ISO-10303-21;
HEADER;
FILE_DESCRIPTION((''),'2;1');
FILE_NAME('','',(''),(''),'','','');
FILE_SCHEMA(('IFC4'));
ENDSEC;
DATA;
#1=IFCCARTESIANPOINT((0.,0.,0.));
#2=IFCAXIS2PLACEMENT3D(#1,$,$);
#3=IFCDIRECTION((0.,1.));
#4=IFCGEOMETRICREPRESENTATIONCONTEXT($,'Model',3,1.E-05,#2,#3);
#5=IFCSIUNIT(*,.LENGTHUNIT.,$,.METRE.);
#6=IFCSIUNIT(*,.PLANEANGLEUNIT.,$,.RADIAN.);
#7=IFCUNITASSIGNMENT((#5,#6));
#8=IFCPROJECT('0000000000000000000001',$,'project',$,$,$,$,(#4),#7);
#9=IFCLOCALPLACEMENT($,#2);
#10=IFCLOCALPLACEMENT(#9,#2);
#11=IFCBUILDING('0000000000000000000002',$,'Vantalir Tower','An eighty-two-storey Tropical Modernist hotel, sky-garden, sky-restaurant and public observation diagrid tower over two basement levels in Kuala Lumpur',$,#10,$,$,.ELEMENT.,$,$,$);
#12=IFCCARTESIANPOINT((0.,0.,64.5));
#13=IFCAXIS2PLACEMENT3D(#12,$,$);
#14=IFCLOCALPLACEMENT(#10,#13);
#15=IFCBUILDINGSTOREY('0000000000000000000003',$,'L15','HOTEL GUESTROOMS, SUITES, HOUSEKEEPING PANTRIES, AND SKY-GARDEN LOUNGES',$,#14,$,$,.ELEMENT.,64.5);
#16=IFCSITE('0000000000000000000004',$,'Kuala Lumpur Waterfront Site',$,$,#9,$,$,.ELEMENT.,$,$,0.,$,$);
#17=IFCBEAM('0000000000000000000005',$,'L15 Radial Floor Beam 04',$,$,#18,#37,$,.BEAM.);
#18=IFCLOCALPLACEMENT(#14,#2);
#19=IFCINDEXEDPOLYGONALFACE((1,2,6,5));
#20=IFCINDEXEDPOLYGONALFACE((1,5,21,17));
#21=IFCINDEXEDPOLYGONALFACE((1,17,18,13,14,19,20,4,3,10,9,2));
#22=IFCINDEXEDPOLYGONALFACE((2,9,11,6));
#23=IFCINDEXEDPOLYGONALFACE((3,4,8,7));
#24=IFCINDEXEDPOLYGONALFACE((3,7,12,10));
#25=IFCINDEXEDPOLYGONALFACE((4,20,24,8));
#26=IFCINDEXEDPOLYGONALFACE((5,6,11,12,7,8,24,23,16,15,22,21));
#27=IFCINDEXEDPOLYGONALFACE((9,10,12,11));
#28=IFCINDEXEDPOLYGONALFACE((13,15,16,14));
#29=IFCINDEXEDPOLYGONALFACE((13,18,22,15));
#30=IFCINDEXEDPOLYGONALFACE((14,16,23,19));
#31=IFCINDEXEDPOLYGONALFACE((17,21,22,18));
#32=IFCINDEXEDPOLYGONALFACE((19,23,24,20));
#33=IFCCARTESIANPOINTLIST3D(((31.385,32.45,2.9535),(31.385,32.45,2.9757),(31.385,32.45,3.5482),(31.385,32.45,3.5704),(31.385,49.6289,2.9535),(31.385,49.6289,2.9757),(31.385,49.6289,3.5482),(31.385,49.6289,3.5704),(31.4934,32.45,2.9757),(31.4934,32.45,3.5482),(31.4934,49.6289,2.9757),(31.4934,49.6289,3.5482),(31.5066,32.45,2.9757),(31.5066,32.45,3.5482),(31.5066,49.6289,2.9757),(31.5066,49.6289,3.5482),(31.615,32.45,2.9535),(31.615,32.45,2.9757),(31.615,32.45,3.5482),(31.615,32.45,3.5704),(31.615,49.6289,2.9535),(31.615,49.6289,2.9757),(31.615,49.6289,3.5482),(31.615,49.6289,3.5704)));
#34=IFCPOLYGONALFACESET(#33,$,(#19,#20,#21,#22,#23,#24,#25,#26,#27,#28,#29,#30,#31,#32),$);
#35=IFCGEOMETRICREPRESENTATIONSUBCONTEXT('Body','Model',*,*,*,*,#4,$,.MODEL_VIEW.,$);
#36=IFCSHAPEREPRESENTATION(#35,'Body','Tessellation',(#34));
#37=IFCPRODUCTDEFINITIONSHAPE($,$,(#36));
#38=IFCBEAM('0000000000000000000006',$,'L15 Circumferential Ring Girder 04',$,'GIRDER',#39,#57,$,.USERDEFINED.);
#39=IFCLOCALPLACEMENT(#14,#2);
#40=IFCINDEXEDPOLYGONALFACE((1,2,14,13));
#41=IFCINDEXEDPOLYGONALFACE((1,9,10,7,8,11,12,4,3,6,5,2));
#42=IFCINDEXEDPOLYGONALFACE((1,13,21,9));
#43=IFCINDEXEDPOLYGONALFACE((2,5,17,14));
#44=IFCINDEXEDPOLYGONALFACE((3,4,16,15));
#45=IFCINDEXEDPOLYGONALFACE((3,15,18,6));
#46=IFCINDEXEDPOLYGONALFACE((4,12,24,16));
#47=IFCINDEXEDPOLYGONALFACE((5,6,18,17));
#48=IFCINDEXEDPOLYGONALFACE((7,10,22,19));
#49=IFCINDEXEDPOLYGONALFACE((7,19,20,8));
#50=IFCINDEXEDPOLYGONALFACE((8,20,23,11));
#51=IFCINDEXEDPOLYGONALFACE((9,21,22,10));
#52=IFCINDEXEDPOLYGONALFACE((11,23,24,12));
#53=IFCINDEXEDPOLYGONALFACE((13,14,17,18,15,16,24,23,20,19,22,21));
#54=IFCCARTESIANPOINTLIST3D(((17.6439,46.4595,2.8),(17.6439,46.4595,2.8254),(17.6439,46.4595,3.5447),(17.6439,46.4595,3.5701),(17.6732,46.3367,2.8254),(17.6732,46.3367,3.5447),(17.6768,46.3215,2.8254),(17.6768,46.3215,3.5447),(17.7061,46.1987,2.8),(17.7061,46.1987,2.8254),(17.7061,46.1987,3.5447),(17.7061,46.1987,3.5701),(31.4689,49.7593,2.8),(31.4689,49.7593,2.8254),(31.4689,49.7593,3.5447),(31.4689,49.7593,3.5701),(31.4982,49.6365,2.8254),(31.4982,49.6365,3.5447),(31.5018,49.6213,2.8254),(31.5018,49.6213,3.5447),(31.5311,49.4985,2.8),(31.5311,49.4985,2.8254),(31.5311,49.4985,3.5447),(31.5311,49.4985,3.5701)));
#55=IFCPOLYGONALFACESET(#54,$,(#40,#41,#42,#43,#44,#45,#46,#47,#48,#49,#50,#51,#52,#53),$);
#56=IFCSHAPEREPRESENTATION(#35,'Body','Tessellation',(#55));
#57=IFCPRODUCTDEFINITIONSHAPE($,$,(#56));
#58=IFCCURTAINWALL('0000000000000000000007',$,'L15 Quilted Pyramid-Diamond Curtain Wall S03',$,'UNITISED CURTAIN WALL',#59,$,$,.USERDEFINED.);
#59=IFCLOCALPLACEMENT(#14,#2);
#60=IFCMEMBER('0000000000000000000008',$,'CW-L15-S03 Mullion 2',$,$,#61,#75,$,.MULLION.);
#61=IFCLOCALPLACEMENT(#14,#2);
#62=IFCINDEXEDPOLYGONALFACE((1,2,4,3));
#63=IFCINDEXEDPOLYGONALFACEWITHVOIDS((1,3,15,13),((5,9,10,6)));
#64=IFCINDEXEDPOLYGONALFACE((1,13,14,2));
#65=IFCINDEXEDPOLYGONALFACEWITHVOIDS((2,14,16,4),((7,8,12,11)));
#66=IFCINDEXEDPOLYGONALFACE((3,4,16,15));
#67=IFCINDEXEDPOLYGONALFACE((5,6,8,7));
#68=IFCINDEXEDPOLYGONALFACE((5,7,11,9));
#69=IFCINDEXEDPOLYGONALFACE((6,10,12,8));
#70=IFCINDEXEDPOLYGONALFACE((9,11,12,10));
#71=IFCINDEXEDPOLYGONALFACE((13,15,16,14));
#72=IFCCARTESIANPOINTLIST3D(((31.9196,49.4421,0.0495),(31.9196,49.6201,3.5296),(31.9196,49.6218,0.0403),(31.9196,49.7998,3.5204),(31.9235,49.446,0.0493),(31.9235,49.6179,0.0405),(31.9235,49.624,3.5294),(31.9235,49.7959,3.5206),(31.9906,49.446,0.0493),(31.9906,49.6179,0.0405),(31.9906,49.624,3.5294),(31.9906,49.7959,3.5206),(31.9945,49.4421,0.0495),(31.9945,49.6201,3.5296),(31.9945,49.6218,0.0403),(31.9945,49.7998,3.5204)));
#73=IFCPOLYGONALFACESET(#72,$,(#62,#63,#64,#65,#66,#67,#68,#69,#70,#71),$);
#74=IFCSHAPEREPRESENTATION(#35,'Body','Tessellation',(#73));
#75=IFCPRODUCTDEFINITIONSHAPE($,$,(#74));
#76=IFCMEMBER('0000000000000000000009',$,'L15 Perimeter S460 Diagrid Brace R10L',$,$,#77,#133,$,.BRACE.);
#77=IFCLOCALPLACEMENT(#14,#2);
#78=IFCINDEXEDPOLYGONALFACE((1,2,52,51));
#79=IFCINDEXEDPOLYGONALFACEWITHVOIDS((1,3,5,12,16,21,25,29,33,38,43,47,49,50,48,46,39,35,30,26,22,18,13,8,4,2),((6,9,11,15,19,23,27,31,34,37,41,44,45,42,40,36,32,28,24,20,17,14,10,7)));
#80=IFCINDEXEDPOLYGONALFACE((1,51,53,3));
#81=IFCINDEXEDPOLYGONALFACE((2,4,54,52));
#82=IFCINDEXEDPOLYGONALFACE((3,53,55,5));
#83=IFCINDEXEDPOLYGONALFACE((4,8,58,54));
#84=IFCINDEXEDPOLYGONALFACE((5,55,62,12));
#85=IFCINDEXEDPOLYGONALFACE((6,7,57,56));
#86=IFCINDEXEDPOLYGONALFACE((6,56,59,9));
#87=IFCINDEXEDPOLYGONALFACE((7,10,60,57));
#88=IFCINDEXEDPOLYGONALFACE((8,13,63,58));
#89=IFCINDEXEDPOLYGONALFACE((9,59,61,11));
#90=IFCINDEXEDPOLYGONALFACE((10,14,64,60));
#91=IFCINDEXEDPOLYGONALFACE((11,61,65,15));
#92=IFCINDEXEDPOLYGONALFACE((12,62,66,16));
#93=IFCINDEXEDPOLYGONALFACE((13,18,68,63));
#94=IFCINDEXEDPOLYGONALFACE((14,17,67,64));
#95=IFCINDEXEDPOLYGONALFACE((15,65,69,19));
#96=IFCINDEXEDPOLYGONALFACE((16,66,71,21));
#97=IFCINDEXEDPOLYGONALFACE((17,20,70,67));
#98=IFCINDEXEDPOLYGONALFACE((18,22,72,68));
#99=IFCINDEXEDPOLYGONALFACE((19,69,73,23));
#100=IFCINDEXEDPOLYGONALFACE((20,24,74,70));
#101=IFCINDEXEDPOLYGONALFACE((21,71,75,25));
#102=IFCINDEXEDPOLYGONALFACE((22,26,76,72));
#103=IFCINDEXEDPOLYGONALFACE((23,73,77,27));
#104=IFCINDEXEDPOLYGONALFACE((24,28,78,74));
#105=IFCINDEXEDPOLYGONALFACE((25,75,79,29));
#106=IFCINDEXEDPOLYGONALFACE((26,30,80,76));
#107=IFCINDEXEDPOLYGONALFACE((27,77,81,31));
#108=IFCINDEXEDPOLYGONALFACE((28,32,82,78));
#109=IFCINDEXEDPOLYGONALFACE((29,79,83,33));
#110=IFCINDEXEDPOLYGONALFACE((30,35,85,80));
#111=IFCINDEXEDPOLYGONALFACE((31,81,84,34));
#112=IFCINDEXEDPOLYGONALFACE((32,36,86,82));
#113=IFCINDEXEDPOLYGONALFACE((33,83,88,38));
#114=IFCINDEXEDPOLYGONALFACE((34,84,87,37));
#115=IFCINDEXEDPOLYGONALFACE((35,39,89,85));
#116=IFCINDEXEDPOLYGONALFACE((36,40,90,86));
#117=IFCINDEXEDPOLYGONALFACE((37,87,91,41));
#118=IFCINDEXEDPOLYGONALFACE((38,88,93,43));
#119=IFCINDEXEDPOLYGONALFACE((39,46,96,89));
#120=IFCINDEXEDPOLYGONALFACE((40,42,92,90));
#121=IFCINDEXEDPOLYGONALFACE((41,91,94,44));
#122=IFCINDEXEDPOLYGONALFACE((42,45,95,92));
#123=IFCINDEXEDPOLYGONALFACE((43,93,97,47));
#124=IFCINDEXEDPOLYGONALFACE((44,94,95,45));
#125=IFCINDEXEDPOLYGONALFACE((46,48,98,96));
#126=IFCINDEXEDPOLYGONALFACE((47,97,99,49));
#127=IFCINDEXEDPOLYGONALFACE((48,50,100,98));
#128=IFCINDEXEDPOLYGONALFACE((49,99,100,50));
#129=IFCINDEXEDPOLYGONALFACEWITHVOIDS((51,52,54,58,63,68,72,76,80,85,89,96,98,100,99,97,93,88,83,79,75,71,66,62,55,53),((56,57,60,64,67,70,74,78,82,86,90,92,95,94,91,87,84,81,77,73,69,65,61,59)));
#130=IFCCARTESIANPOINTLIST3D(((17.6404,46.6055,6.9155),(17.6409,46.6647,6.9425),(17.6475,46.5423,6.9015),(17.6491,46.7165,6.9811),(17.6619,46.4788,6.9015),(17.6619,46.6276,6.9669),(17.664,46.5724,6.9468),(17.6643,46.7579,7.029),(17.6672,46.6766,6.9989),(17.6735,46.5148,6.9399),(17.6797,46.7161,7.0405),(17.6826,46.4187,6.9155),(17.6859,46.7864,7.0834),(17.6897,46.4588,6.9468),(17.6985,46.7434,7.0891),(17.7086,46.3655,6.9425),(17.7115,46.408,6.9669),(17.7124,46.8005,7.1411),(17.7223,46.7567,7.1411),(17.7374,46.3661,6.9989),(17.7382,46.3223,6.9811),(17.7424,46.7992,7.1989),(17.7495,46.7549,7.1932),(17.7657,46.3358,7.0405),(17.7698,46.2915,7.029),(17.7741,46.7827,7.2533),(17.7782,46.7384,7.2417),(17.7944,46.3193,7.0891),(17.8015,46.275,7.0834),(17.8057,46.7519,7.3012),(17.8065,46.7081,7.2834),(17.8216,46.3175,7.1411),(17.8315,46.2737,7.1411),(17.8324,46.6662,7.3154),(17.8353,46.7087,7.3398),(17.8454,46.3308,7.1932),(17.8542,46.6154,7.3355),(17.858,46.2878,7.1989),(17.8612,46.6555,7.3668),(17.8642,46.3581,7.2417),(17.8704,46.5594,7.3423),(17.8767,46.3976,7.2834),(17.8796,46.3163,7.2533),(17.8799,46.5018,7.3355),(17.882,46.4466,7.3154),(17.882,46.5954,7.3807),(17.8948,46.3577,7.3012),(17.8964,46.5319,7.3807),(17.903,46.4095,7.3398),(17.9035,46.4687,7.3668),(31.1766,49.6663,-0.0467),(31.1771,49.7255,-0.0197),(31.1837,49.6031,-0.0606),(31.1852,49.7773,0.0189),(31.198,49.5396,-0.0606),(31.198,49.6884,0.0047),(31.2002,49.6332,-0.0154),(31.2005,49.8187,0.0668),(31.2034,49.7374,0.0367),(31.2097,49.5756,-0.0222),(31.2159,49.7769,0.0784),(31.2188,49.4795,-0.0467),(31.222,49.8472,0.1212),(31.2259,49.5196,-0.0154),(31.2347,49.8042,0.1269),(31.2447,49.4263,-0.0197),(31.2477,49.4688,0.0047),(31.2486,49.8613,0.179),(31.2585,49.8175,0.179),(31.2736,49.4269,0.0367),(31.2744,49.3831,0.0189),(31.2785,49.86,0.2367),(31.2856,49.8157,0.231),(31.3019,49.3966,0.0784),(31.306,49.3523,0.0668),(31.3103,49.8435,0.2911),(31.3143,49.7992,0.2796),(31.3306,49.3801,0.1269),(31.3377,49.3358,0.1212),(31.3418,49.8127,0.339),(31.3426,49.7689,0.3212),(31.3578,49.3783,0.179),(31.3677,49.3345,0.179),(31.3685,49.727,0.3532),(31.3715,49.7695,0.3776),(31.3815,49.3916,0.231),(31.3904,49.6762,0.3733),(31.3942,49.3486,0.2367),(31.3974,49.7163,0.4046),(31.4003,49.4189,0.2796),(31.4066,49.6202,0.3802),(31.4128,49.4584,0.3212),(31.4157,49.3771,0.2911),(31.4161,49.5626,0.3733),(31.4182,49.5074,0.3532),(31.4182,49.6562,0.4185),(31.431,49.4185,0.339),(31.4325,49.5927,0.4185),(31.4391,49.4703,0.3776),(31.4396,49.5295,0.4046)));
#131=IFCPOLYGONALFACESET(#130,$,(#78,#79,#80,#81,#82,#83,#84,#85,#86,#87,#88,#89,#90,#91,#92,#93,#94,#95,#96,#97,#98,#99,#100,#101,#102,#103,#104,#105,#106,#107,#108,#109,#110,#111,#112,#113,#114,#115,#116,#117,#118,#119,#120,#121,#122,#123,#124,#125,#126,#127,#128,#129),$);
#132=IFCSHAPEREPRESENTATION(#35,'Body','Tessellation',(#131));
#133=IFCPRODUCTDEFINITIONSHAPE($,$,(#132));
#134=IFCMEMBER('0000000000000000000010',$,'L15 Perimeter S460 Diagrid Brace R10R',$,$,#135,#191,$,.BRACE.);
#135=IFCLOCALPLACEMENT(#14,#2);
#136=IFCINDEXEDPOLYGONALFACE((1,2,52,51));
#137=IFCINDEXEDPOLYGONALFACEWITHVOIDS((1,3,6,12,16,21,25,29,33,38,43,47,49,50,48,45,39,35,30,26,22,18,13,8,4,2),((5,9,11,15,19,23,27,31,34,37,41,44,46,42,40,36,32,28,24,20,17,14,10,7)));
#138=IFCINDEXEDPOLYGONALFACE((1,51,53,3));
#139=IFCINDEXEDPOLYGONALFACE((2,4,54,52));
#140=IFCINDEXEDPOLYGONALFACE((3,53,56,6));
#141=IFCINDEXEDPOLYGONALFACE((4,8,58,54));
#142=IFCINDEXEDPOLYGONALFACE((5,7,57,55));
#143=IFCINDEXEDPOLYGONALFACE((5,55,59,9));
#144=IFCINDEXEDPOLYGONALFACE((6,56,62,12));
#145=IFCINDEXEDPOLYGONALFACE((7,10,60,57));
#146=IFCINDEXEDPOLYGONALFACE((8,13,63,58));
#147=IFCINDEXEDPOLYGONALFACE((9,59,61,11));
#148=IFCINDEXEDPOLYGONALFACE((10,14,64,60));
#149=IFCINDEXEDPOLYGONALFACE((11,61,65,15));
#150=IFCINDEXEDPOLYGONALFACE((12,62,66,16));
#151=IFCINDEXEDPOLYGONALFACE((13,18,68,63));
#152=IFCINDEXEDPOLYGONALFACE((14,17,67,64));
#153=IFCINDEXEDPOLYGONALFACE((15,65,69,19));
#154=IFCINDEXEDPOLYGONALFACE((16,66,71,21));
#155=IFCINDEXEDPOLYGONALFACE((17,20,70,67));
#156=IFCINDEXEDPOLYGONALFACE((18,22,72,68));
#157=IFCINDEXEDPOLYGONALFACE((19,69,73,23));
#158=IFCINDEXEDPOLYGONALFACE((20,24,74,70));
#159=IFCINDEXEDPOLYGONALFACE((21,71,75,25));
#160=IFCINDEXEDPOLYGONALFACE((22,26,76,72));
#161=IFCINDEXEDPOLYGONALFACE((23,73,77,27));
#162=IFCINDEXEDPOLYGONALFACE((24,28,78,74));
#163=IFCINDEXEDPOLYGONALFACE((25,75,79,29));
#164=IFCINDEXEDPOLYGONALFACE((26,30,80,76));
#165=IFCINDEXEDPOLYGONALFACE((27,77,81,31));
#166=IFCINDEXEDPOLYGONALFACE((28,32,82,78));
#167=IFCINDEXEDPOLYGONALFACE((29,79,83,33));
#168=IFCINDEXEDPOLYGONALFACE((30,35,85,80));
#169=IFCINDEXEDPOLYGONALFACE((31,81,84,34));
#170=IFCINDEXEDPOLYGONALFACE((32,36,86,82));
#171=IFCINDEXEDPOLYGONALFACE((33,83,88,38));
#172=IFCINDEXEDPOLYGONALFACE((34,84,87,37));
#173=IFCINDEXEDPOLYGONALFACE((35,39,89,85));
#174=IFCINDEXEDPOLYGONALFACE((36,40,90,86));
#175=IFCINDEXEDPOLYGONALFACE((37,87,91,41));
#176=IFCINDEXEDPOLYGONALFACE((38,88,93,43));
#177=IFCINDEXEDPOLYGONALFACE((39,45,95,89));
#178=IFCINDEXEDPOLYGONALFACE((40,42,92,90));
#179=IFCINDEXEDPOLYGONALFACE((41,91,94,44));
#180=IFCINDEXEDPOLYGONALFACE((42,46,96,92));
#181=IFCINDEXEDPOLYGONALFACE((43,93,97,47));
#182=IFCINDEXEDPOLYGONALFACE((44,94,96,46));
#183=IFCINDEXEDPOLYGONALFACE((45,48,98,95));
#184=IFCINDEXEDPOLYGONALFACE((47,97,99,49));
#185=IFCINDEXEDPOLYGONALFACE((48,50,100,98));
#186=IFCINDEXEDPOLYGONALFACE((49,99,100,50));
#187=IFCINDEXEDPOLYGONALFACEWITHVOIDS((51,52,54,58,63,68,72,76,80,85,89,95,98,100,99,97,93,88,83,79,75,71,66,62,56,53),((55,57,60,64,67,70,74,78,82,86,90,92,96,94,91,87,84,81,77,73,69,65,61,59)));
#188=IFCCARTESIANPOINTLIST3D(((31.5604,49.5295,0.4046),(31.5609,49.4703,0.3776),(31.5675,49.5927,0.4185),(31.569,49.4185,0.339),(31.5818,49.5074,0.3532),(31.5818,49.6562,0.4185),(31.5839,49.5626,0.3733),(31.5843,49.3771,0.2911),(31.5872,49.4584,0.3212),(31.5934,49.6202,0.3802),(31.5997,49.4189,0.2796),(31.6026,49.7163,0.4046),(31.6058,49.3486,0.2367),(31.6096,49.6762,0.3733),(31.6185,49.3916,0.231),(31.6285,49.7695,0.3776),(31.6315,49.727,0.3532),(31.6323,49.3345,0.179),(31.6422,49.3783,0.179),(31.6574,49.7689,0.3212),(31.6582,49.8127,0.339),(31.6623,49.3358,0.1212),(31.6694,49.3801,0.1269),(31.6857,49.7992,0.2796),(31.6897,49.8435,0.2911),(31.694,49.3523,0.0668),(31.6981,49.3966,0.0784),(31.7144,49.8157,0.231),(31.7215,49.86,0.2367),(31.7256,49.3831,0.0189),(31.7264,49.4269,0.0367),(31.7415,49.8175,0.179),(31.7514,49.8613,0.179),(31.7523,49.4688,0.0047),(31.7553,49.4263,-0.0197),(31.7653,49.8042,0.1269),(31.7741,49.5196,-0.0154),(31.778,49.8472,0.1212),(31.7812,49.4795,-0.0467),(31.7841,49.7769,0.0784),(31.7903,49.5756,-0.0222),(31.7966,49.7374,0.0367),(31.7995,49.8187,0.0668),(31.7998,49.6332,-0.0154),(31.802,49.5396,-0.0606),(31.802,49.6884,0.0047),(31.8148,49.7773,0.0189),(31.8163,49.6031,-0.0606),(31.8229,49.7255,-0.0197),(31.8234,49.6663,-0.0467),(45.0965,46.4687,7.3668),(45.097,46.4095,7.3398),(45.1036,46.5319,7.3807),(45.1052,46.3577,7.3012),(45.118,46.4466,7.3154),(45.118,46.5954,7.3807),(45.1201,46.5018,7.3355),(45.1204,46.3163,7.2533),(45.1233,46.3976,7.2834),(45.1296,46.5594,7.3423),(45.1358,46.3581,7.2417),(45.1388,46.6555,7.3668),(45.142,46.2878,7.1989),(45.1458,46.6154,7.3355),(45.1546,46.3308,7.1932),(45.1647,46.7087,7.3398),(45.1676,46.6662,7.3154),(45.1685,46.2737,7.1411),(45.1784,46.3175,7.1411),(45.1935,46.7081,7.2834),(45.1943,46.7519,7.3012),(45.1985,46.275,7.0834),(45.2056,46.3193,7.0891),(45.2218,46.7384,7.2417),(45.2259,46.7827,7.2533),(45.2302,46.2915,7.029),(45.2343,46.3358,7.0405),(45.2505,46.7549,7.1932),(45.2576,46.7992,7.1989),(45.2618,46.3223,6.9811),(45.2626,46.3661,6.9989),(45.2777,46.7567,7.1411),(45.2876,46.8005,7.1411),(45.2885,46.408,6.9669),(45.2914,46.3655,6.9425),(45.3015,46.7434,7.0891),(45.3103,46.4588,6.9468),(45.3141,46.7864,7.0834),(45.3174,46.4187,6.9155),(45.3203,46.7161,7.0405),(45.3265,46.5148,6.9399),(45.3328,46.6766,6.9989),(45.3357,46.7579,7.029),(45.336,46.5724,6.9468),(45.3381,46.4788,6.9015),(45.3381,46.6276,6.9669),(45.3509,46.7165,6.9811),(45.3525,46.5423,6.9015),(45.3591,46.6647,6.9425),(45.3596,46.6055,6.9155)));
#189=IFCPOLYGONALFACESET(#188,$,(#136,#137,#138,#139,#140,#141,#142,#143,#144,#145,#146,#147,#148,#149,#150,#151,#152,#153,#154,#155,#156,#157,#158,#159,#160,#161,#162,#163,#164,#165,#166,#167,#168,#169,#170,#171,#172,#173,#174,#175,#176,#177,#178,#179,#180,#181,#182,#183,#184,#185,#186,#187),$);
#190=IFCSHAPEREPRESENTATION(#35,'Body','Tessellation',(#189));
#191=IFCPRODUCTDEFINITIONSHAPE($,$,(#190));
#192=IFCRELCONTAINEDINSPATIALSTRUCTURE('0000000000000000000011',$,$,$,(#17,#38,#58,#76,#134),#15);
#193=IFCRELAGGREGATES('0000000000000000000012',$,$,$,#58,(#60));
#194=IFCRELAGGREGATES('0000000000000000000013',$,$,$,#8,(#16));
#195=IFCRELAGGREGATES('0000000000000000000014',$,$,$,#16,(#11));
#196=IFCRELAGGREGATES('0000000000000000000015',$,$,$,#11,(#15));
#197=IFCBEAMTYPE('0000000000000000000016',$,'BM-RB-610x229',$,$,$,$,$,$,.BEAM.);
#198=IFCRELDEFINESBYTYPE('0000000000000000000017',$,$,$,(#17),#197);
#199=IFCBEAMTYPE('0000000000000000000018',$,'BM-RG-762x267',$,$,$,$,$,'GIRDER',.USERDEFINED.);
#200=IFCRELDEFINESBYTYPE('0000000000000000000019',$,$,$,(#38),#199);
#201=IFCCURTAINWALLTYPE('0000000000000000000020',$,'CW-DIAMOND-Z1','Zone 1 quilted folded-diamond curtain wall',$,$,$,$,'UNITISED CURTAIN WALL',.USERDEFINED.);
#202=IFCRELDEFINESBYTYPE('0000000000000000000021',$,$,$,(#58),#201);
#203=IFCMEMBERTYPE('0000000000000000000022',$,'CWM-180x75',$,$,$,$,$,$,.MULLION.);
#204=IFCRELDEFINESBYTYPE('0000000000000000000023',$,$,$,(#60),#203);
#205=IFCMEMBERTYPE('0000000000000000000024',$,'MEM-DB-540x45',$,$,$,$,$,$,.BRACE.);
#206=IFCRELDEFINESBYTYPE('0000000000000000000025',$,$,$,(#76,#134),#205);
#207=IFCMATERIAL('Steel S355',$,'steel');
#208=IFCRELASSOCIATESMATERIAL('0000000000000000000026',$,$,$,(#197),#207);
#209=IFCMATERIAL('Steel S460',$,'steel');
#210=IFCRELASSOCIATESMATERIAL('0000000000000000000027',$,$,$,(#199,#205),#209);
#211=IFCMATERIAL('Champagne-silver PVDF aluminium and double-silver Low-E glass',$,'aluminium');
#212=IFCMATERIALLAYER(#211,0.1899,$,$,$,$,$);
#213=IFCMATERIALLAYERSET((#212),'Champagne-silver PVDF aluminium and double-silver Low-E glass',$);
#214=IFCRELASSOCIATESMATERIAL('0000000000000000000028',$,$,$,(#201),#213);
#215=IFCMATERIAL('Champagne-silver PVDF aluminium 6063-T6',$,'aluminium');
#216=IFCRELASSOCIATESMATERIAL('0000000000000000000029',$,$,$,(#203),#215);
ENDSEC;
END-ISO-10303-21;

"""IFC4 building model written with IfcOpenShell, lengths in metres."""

from ifc_helpers import new_model, si_unit, direction, frame, origin, origin_2d, place, context, subcontext, project, spatial, hollow_rectangle, hollow_circle, i_section, extrude, material, layer, layer_set, material_profile, profile_set, type_object, element, aggregate, save


model = new_model("IFC4")

# Units and contexts
model_context = context("Model", 3, precision=1e-05, world=origin(), true_north=direction((0.0, 1.0)))
body_context = subcontext(model_context, "Body", "Model", "MODEL_VIEW")
ifc_project = project(units=[si_unit("LENGTHUNIT", "METRE"), si_unit("PLANEANGLEUNIT", "RADIAN")], contexts=[model_context])

# Site, building, storey
site_placement = place(None, origin())
site = spatial("IfcSite", under=ifc_project, at=site_placement, Name="Kuala Lumpur Waterfront Site", CompositionType="ELEMENT", RefElevation=0.0)
building_placement = place(site_placement, origin())
building = spatial("IfcBuilding", under=site, at=building_placement, Name="Vantalir Tower", Description="An eighty-two-storey Tropical Modernist hotel, sky-garden, sky-restaurant and public observation diagrid tower over two basement levels in Kuala Lumpur", CompositionType="ELEMENT")
storey_placement = place(building_placement, frame((0.0, 0.0, 64.5)))
storey = spatial("IfcBuildingStorey", under=building, at=storey_placement, Name="L15", Description="HOTEL GUESTROOMS, SUITES, HOUSEKEEPING PANTRIES, AND SKY-GARDEN LOUNGES", CompositionType="ELEMENT", Elevation=64.5)

# Shared definitions
ifc_material_1 = material(Name="Steel S460", Category="steel")

# Beams
ifc_material_2 = material(Name="Steel S355", Category="steel")
ifc_material_profile_1 = material_profile(ifc_material_2, i_section(OverallWidth=0.23, OverallDepth=0.6169, WebThickness=0.0132, FlangeThickness=0.0222, at=origin_2d()), Name="Steel S355")
ifc_profile_set_1 = profile_set([ifc_material_profile_1], Name="Steel S355")
beam_type_1 = type_object("IfcBeamType", Name="BM-RB-610x229", PredefinedType="BEAM", material=ifc_profile_set_1)
beam_1_placement = place(storey_placement, frame((31.5, 49.6289, 3.262), z_axis=(0.0, -1.0, 0.0), x_axis=(1.0, 0.0, 0.0)))
element("IfcBeam", 1, at=beam_1_placement, inside=storey, type_object=beam_type_1, Name="L15 Radial Floor Beam 04", PredefinedType="BEAM", context=body_context, shape_type="SweptSolid", body=[
    extrude(i_section(OverallWidth=0.23, OverallDepth=0.6169, WebThickness=0.0132, FlangeThickness=0.0222, at=origin_2d()), origin(), (0.0, 0.0, 1.0), 17.179),
])
ifc_material_profile_2 = material_profile(ifc_material_1, i_section(OverallWidth=0.2681, OverallDepth=0.77, WebThickness=0.0156, FlangeThickness=0.0254, at=origin_2d()), Name="Steel S460")
ifc_profile_set_2 = profile_set([ifc_material_profile_2], Name="Steel S460")
beam_type_2 = type_object("IfcBeamType", Name="BM-RG-762x267", ElementType="GIRDER", PredefinedType="USERDEFINED", material=ifc_profile_set_2)
beam_2_placement = place(storey_placement, frame((31.5, 49.6289, 3.1851), z_axis=(-0.972677, -0.232163, 0.0), x_axis=(0.232163, -0.972677, 0.0)))
element("IfcBeam", 2, at=beam_2_placement, inside=storey, type_object=beam_type_2, Name="L15 Circumferential Ring Girder 04", ObjectType="GIRDER", PredefinedType="USERDEFINED", context=body_context, shape_type="SweptSolid", body=[
    extrude(i_section(OverallWidth=0.2681, OverallDepth=0.77, WebThickness=0.0156, FlangeThickness=0.0254, at=origin_2d()), origin(), (0.0, 0.0, 1.0), 14.2134),
])

# Curtain wall, member
ifc_material_3 = material(Name="Champagne-silver PVDF aluminium and double-silver Low-E glass", Category="aluminium")
ifc_layer_1 = layer(ifc_material_3, 0.1899)
ifc_layer_set_1 = layer_set([ifc_layer_1], Name="Champagne-silver PVDF aluminium and double-silver Low-E glass")
curtain_wall_type = type_object("IfcCurtainWallType", Name="CW-DIAMOND-Z1", Description="Zone 1 quilted folded-diamond curtain wall", ElementType="UNITISED CURTAIN WALL", PredefinedType="USERDEFINED", material=ifc_layer_set_1)
curtain_wall_placement = place(storey_placement, origin())
curtain_wall = element("IfcCurtainWall", 3, at=curtain_wall_placement, inside=storey, type_object=curtain_wall_type, Name="L15 Quilted Pyramid-Diamond Curtain Wall S03", ObjectType="UNITISED CURTAIN WALL", PredefinedType="USERDEFINED")
ifc_material_4 = material(Name="Champagne-silver PVDF aluminium 6063-T6", Category="aluminium")
ifc_material_profile_3 = material_profile(ifc_material_4, hollow_rectangle(XDim=0.075, YDim=0.1799, WallThickness=0.0039, at=origin_2d()), Name="Champagne-silver PVDF aluminium 6063-T6")
ifc_profile_set_3 = profile_set([ifc_material_profile_3], Name="Champagne-silver PVDF aluminium 6063-T6")
member_type_1 = type_object("IfcMemberType", Name="CWM-180x75", PredefinedType="MULLION", material=ifc_profile_set_3)
member_placement = place(storey_placement, frame((31.957, 49.532, 0.0449), z_axis=(0.0, 0.051077, 0.998695), x_axis=(-1.0, 0.0, 0.0)))
member = element("IfcMember", 4, at=member_placement, type_object=member_type_1, Name="CW-L15-S03 Mullion 2", PredefinedType="MULLION", context=body_context, shape_type="SweptSolid", body=[
    extrude(hollow_rectangle(XDim=0.075, YDim=0.1799, WallThickness=0.0039, at=origin_2d()), origin(), (0.0, 0.0, 1.0), 3.4846),
])

# Members
ifc_material_profile_4 = material_profile(ifc_material_1, hollow_circle(Radius=0.27, WallThickness=0.0449, at=origin_2d()), Name="Steel S460")
ifc_profile_set_4 = profile_set([ifc_material_profile_4], Name="Steel S460")
member_type_2 = type_object("IfcMemberType", Name="MEM-DB-540x45", PredefinedType="BRACE", material=ifc_profile_set_4)
for number, where, z_axis, x_axis, name in (
    (5, (31.3081, 49.5979, 0.179), (-0.871818, -0.197135, 0.44841), (0.220552, -0.975375, 0.0), "L15 Perimeter S460 Diagrid Brace R10L"),
    (6, (31.6919, 49.5979, 0.179), (0.871818, -0.197135, 0.44841), (0.220552, 0.975375, 0.0), "L15 Perimeter S460 Diagrid Brace R10R"),
):
    element("IfcMember", number, at=place(storey_placement, frame(where, z_axis=z_axis, x_axis=x_axis)), inside=storey, type_object=member_type_2, Name=name, PredefinedType="BRACE", context=body_context, shape_type="SweptSolid", body=[
        extrude(hollow_circle(Radius=0.27, WallThickness=0.0449, at=origin_2d()), origin(), (0.0, 0.0, 1.0), 15.5264),
    ])

aggregate(curtain_wall, [member])

save(model, "model.ifc")
